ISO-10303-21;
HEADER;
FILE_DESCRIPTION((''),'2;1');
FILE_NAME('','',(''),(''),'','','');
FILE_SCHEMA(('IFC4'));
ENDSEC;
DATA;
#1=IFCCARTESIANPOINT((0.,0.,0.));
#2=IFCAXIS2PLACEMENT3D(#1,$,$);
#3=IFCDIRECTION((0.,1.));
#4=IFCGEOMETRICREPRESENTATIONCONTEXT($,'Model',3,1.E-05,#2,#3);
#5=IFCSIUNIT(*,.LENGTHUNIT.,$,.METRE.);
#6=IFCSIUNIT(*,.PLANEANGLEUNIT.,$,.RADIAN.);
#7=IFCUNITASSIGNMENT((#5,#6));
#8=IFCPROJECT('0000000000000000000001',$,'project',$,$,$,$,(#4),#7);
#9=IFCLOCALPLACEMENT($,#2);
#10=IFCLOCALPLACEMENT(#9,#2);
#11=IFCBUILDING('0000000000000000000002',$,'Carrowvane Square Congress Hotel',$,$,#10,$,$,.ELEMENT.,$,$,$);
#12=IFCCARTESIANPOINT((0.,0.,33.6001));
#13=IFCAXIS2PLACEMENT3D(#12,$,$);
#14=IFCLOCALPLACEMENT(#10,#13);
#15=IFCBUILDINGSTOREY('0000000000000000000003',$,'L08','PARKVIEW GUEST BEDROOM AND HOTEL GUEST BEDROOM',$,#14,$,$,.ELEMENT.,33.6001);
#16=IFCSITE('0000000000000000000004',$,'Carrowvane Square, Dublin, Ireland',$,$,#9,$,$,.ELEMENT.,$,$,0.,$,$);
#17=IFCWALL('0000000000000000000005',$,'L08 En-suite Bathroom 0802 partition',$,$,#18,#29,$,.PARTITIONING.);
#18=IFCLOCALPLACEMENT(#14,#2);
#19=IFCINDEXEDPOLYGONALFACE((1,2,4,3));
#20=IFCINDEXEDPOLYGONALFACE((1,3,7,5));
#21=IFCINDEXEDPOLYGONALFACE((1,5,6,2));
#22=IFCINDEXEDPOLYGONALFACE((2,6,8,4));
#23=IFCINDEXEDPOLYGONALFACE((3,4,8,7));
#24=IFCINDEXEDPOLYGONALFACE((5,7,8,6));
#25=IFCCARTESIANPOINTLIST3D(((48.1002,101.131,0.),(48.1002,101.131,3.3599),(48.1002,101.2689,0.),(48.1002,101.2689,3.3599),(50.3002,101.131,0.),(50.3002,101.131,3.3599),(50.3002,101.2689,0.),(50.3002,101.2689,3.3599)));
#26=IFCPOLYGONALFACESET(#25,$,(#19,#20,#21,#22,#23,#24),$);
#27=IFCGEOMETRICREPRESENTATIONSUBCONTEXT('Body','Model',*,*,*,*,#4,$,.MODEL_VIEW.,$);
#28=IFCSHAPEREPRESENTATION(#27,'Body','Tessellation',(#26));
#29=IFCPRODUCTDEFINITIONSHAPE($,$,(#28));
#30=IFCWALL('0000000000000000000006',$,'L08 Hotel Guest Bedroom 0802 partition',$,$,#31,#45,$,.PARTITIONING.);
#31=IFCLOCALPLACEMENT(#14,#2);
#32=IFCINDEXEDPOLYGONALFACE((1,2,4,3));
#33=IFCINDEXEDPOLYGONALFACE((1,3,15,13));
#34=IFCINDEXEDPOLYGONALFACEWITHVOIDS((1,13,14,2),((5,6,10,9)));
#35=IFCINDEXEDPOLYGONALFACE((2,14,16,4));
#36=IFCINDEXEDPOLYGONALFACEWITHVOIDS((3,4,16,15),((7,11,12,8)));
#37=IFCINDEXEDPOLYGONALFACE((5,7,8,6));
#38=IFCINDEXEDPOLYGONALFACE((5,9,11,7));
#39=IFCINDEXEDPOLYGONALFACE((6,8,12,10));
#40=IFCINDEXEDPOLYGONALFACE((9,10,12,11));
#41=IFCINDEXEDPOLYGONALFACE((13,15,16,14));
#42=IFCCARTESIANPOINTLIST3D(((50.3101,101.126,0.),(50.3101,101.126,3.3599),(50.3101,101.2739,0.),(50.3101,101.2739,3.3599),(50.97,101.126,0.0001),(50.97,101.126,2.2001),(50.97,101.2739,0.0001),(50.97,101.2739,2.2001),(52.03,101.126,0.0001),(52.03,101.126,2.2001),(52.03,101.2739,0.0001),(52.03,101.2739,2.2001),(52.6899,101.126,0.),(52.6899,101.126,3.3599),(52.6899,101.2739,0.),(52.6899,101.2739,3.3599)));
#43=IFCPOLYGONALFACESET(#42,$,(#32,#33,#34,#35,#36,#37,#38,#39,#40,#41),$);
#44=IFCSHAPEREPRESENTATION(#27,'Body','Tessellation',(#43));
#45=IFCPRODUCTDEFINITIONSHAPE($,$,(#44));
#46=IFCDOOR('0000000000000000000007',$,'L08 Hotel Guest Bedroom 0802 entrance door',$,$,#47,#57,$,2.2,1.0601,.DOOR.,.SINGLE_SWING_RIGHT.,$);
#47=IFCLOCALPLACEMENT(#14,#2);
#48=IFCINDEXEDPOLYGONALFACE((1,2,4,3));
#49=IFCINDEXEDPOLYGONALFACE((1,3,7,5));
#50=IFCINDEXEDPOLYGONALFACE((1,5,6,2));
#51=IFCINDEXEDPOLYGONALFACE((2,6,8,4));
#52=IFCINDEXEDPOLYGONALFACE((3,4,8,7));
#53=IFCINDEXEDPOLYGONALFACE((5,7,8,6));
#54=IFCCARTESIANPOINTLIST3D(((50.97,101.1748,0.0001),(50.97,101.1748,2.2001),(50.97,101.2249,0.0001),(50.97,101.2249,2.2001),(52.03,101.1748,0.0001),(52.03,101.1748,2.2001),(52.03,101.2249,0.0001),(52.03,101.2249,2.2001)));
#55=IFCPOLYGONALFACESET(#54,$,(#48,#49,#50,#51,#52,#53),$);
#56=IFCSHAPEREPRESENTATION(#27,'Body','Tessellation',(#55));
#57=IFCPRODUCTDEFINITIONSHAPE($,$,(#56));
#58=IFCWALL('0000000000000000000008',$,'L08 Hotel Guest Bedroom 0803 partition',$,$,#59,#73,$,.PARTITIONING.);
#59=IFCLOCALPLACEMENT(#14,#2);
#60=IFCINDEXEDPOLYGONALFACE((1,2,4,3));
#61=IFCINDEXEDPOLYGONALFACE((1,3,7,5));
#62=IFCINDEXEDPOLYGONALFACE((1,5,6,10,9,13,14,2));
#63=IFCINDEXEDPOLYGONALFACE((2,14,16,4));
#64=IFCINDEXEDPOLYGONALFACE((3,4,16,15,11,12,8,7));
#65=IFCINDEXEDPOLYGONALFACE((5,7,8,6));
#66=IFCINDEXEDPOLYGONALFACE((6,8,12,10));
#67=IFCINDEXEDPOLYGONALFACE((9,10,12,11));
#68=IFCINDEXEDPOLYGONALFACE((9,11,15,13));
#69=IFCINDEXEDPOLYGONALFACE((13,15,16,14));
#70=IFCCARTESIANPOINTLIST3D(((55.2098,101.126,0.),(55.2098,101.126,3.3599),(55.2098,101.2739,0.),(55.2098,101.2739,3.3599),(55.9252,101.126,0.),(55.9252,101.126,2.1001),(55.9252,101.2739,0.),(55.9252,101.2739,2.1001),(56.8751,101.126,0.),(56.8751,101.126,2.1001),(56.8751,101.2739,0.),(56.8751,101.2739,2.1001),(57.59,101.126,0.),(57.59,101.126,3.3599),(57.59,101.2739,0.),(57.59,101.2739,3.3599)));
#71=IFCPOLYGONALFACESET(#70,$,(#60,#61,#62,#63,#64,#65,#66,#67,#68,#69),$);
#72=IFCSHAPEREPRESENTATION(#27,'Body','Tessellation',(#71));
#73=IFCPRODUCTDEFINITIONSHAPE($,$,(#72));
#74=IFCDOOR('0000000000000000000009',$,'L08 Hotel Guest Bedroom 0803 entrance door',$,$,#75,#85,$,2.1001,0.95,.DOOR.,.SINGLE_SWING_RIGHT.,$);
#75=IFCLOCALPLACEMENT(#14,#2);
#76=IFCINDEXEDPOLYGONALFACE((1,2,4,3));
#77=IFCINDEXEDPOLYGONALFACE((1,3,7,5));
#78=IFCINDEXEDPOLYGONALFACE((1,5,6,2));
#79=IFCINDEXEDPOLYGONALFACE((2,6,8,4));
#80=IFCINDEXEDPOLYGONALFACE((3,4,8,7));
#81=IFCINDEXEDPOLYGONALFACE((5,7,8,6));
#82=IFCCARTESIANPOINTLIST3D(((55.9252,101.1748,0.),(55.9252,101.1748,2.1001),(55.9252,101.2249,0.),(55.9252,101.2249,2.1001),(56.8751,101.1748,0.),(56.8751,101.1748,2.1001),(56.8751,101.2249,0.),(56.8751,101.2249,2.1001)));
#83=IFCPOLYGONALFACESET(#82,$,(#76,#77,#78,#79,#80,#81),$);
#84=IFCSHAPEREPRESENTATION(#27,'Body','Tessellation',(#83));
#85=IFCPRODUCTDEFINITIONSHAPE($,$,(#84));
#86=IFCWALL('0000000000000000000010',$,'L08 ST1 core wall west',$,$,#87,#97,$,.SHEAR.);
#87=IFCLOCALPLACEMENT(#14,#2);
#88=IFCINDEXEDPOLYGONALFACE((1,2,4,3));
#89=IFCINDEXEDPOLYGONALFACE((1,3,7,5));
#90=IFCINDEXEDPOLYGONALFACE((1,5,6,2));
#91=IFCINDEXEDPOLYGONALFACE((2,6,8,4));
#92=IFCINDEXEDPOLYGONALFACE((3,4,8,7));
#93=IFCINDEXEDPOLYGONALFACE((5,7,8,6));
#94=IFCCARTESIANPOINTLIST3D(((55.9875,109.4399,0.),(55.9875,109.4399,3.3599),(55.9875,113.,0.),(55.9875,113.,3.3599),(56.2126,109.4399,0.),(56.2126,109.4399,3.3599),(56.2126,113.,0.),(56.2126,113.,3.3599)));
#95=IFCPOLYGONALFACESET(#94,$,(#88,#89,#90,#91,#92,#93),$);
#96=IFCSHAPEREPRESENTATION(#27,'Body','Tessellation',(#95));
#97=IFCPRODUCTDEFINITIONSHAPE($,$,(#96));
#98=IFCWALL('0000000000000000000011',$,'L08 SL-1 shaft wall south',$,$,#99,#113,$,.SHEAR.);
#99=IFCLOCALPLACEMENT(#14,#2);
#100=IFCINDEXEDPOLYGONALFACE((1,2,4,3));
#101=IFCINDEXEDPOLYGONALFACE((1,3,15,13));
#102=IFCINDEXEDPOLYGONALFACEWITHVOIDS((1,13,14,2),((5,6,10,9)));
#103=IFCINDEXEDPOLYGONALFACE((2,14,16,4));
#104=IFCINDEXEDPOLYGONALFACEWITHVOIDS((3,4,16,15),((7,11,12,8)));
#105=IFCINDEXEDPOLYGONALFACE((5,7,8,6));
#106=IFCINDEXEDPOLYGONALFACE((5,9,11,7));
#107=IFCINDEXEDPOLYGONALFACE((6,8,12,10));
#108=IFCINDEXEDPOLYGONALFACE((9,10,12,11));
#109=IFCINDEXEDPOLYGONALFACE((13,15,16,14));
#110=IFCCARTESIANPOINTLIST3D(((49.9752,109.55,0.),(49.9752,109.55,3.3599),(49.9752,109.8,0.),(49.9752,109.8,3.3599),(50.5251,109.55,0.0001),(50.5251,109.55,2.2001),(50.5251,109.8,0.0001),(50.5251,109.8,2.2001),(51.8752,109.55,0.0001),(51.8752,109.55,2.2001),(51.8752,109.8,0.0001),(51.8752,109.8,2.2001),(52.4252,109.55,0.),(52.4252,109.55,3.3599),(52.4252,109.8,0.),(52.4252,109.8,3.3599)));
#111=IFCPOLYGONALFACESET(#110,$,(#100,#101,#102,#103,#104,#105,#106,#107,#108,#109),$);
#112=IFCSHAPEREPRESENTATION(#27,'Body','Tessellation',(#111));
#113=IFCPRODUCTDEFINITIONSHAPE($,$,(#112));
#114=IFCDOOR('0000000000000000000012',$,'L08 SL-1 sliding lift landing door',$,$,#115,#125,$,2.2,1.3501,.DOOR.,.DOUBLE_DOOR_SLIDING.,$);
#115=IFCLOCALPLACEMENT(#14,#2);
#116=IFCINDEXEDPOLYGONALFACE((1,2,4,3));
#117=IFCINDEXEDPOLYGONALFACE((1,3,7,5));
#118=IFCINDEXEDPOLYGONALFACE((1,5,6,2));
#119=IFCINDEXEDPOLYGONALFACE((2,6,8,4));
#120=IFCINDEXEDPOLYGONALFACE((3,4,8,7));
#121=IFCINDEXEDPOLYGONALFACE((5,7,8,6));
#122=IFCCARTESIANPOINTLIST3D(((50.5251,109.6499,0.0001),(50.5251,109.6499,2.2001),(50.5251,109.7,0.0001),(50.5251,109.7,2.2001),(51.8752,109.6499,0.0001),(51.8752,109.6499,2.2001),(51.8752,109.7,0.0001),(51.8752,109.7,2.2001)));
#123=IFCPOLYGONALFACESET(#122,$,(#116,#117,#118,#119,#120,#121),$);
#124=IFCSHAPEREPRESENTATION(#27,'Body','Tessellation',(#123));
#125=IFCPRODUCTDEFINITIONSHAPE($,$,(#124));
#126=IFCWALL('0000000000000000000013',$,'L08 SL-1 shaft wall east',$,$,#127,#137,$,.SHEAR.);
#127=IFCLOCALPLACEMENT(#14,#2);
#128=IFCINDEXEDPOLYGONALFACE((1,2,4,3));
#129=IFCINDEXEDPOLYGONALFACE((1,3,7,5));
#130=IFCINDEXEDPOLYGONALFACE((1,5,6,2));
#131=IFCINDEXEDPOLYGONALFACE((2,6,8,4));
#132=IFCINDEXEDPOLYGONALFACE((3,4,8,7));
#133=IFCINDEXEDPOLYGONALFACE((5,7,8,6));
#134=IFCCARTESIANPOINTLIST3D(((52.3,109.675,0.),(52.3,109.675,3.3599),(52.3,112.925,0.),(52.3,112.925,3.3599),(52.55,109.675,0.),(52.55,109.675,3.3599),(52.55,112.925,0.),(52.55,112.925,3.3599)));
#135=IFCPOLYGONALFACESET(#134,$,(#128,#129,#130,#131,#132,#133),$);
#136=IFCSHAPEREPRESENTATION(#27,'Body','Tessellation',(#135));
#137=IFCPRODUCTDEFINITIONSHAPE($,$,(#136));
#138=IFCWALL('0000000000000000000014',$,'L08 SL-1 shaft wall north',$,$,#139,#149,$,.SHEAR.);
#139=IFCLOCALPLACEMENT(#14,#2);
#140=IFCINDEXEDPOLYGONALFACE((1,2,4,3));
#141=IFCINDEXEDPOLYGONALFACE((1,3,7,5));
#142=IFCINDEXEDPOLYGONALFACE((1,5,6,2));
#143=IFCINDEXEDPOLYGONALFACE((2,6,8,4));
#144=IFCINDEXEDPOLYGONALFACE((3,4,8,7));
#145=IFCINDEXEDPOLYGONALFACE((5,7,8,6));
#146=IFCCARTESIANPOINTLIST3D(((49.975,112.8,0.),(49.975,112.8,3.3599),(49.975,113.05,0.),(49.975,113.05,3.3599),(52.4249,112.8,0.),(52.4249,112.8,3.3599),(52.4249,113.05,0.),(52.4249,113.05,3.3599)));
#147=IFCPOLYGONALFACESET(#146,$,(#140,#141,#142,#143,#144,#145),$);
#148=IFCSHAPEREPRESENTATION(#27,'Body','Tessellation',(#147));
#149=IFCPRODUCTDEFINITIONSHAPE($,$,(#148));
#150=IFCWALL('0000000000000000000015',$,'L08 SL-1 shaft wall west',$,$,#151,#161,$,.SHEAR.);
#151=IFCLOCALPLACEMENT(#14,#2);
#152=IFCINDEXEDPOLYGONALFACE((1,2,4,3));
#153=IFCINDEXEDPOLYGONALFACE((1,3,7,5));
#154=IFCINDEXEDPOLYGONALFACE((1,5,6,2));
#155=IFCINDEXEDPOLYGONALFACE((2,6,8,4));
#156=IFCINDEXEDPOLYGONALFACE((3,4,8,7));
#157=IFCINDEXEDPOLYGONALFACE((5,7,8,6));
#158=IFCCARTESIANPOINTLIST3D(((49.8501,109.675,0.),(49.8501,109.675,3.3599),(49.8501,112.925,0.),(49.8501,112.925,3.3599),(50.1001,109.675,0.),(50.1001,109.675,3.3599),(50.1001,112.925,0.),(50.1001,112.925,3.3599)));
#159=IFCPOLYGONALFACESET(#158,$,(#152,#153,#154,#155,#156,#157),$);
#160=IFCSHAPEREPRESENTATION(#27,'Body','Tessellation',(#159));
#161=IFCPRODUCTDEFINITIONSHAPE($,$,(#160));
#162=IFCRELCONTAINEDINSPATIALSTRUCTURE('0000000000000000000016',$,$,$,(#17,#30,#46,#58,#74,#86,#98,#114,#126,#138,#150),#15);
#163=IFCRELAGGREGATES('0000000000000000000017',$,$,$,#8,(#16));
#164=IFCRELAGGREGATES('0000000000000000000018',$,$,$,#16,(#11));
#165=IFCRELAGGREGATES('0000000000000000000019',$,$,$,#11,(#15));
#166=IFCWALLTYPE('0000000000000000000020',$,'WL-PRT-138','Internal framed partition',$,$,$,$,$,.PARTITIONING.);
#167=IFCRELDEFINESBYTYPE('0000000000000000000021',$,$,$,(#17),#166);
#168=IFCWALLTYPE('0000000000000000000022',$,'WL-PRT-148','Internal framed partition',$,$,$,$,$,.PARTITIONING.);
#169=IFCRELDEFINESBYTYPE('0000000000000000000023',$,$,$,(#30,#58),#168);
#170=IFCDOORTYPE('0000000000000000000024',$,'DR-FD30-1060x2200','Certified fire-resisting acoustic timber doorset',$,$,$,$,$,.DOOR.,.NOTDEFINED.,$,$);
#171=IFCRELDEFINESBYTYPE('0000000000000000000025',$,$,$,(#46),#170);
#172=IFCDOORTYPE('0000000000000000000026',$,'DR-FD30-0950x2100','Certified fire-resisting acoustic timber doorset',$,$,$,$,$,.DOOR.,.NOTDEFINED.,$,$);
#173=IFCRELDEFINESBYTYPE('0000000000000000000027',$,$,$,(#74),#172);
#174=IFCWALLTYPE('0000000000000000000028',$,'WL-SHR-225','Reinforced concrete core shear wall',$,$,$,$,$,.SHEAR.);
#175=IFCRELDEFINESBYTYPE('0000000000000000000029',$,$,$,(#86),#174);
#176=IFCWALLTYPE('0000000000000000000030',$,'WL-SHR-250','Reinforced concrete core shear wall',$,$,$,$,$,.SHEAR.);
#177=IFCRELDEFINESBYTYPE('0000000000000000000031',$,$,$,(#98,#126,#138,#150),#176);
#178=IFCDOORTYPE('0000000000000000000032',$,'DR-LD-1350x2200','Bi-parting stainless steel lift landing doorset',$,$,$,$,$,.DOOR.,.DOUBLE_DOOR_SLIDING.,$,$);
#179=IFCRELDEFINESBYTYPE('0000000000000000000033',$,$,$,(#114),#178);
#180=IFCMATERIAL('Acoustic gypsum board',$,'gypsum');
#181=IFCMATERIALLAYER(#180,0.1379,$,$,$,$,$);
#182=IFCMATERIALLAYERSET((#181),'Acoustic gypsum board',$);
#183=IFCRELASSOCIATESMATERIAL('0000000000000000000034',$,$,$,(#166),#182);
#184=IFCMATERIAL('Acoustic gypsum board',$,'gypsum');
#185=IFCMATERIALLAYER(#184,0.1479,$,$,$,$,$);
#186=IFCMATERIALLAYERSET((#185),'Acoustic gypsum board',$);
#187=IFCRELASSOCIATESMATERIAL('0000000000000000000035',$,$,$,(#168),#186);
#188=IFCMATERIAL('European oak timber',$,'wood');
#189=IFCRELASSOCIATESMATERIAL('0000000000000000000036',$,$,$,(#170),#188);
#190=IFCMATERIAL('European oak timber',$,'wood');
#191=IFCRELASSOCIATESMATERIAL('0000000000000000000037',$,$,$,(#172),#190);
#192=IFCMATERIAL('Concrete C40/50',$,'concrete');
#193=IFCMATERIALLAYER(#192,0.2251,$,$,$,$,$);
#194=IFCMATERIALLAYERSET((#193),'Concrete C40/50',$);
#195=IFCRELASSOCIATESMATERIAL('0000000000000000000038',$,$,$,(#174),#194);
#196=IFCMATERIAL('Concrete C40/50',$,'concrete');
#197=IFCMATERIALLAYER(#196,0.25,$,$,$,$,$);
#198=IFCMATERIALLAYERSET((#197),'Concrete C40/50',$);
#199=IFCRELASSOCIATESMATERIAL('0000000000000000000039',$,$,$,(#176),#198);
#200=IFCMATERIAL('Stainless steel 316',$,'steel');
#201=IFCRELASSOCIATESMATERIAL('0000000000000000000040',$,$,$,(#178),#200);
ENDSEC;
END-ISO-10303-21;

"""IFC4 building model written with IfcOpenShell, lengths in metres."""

from ifc_helpers import new_model, si_unit, direction, frame, frame_2d, origin, place, context, subcontext, project, spatial, rectangle, extrude, material, layer, layer_set, type_object, element, fill, save


model = new_model("IFC4")

# Units and contexts
model_context = context("Model", 3, precision=1e-05, world=origin(), true_north=direction((0.0, 1.0)))
body_context = subcontext(model_context, "Body", "Model", "MODEL_VIEW")
ifc_project = project(units=[si_unit("LENGTHUNIT", "METRE"), si_unit("PLANEANGLEUNIT", "RADIAN")], contexts=[model_context])

# Site, building, storey
site_placement = place(None, origin())
site = spatial("IfcSite", under=ifc_project, at=site_placement, Name="Carrowvane Square, Dublin, Ireland", CompositionType="ELEMENT", RefElevation=0.0)
building_placement = place(site_placement, origin())
building = spatial("IfcBuilding", under=site, at=building_placement, Name="Carrowvane Square Congress Hotel", CompositionType="ELEMENT")
storey_placement = place(building_placement, frame((0.0, 0.0, 33.6001)))
storey = spatial("IfcBuildingStorey", under=building, at=storey_placement, Name="L08", Description="PARKVIEW GUEST BEDROOM AND HOTEL GUEST BEDROOM", CompositionType="ELEMENT", Elevation=33.6001)

# Wall
ifc_material_1 = material(Name="Acoustic gypsum board", Category="gypsum")
ifc_layer_1 = layer(ifc_material_1, 0.1379)
ifc_layer_set_1 = layer_set([ifc_layer_1], Name="Acoustic gypsum board")
wall_type_1 = type_object("IfcWallType", Name="WL-PRT-138", Description="Internal framed partition", PredefinedType="PARTITIONING", material=ifc_layer_set_1)
wall_1_placement = place(storey_placement, frame((48.1001, 101.2, 0.0), z_axis=(0.0, 0.0, 1.0), x_axis=(1.0, 0.0, 0.0)))
element("IfcWall", 1, at=wall_1_placement, inside=storey, type_object=wall_type_1, Name="L08 En-suite Bathroom 0802 partition", PredefinedType="PARTITIONING", context=body_context, shape_type="SweptSolid", body=[
    extrude(rectangle(XDim=2.2, YDim=0.1379, at=frame_2d((1.1001, 0.0))), origin(), (0.0, 0.0, 1.0), 3.3599),
])

# Walls, openings, doors
ifc_material_2 = material(Name="Acoustic gypsum board", Category="gypsum")
ifc_layer_2 = layer(ifc_material_2, 0.1479)
ifc_layer_set_2 = layer_set([ifc_layer_2], Name="Acoustic gypsum board")
wall_type_2 = type_object("IfcWallType", Name="WL-PRT-148", Description="Internal framed partition", PredefinedType="PARTITIONING", material=ifc_layer_set_2)
wall_2_placement = place(storey_placement, frame((50.3101, 101.2, 0.0), z_axis=(0.0, 0.0, 1.0), x_axis=(1.0, 0.0, 0.0)))
wall_2 = element("IfcWall", 2, at=wall_2_placement, inside=storey, type_object=wall_type_2, Name="L08 Hotel Guest Bedroom 0802 partition", PredefinedType="PARTITIONING", context=body_context, shape_type="SweptSolid", body=[
    extrude(rectangle(XDim=2.3799, YDim=0.1479, at=frame_2d((1.1899, 0.0))), origin(), (0.0, 0.0, 1.0), 3.3599),
])
opening_1_placement = place(wall_2_placement, frame((0.6599, 0.0, 0.0)))
opening_1 = element("IfcOpeningElement", 3, at=opening_1_placement, cuts=wall_2, PredefinedType="OPENING", context=body_context, shape_type="SweptSolid", body=[
    extrude(rectangle(XDim=1.0601, YDim=2.2, at=frame_2d((0.53, 1.1001))), frame((0.0, 0.084, 0.0), z_axis=(0.0, -1.0, 0.0), x_axis=(1.0, 0.0, 0.0)), (0.0, 0.0, 1.0), 0.168),
])
ifc_material_3 = material(Name="European oak timber", Category="wood")
door_type_1 = type_object("IfcDoorType", Name="DR-FD30-1060x2200", Description="Certified fire-resisting acoustic timber doorset", OperationType="NOTDEFINED", PredefinedType="DOOR", material=ifc_material_3)
door_1_placement = place(opening_1_placement, origin())
door_1 = element("IfcDoor", 4, at=door_1_placement, inside=storey, type_object=door_type_1, Name="L08 Hotel Guest Bedroom 0802 entrance door", OperationType="SINGLE_SWING_RIGHT", OverallHeight=2.2, OverallWidth=1.0601, PredefinedType="DOOR", context=body_context, shape_type="SweptSolid", body=[
    extrude(rectangle(XDim=1.0601, YDim=2.2, at=frame_2d((0.53, 1.1001))), frame((0.0, 0.0249, 0.0), z_axis=(0.0, -1.0, 0.0), x_axis=(1.0, 0.0, 0.0)), (0.0, 0.0, 1.0), 0.05),
])
fill(opening_1, door_1)
wall_3_placement = place(storey_placement, frame((55.21, 101.2, 0.0), z_axis=(0.0, 0.0, 1.0), x_axis=(1.0, 0.0, 0.0)))
wall_3 = element("IfcWall", 5, at=wall_3_placement, inside=storey, type_object=wall_type_2, Name="L08 Hotel Guest Bedroom 0803 partition", PredefinedType="PARTITIONING", context=body_context, shape_type="SweptSolid", body=[
    extrude(rectangle(XDim=2.3801, YDim=0.1479, at=frame_2d((1.1899, 0.0))), origin(), (0.0, 0.0, 1.0), 3.3599),
])
opening_2_placement = place(wall_3_placement, frame((0.7151, 0.0, 0.0)))
opening_2 = element("IfcOpeningElement", 6, at=opening_2_placement, cuts=wall_3, PredefinedType="OPENING", context=body_context, shape_type="SweptSolid", body=[
    extrude(rectangle(XDim=0.95, YDim=2.1001, at=frame_2d((0.4751, 1.05))), frame((0.0, 0.084, 0.0), z_axis=(0.0, -1.0, 0.0), x_axis=(1.0, 0.0, 0.0)), (0.0, 0.0, 1.0), 0.168),
])
ifc_material_4 = material(Name="European oak timber", Category="wood")
door_type_2 = type_object("IfcDoorType", Name="DR-FD30-0950x2100", Description="Certified fire-resisting acoustic timber doorset", OperationType="NOTDEFINED", PredefinedType="DOOR", material=ifc_material_4)
door_2_placement = place(opening_2_placement, origin())
door_2 = element("IfcDoor", 7, at=door_2_placement, inside=storey, type_object=door_type_2, Name="L08 Hotel Guest Bedroom 0803 entrance door", OperationType="SINGLE_SWING_RIGHT", OverallHeight=2.1001, OverallWidth=0.95, PredefinedType="DOOR", context=body_context, shape_type="SweptSolid", body=[
    extrude(rectangle(XDim=0.95, YDim=2.1001, at=frame_2d((0.4751, 1.05))), frame((0.0, 0.0249, 0.0), z_axis=(0.0, -1.0, 0.0), x_axis=(1.0, 0.0, 0.0)), (0.0, 0.0, 1.0), 0.05),
])
fill(opening_2, door_2)

# Wall
ifc_material_5 = material(Name="Concrete C40/50", Category="concrete")
ifc_layer_3 = layer(ifc_material_5, 0.2251)
ifc_layer_set_3 = layer_set([ifc_layer_3], Name="Concrete C40/50")
wall_type_3 = type_object("IfcWallType", Name="WL-SHR-225", Description="Reinforced concrete core shear wall", PredefinedType="SHEAR", material=ifc_layer_set_3)
wall_4_placement = place(storey_placement, frame((56.1001, 113.0, 0.0), z_axis=(0.0, 0.0, 1.0), x_axis=(0.0, -1.0, 0.0)))
element("IfcWall", 8, at=wall_4_placement, inside=storey, type_object=wall_type_3, Name="L08 ST1 core wall west", PredefinedType="SHEAR", context=body_context, shape_type="SweptSolid", body=[
    extrude(rectangle(XDim=3.5601, YDim=0.2251, at=frame_2d((1.78, 0.0))), origin(), (0.0, 0.0, 1.0), 3.3599),
])

# Wall, opening, door
ifc_material_6 = material(Name="Concrete C40/50", Category="concrete")
ifc_layer_4 = layer(ifc_material_6, 0.25)
ifc_layer_set_4 = layer_set([ifc_layer_4], Name="Concrete C40/50")
wall_type_4 = type_object("IfcWallType", Name="WL-SHR-250", Description="Reinforced concrete core shear wall", PredefinedType="SHEAR", material=ifc_layer_set_4)
wall_5_placement = place(storey_placement, frame((49.9751, 109.675, 0.0), z_axis=(0.0, 0.0, 1.0), x_axis=(1.0, 0.0, 0.0)))
wall_5 = element("IfcWall", 9, at=wall_5_placement, inside=storey, type_object=wall_type_4, Name="L08 SL-1 shaft wall south", PredefinedType="SHEAR", context=body_context, shape_type="SweptSolid", body=[
    extrude(rectangle(XDim=2.45, YDim=0.25, at=frame_2d((1.2251, 0.0))), origin(), (0.0, 0.0, 1.0), 3.3599),
])
opening_3_placement = place(wall_5_placement, frame((0.55, 0.0, 0.0)))
opening_3 = element("IfcOpeningElement", 10, at=opening_3_placement, cuts=wall_5, PredefinedType="OPENING", context=body_context, shape_type="SweptSolid", body=[
    extrude(rectangle(XDim=1.3501, YDim=2.2, at=frame_2d((0.675, 1.1001))), frame((0.0, 0.135, 0.0), z_axis=(0.0, -1.0, 0.0), x_axis=(1.0, 0.0, 0.0)), (0.0, 0.0, 1.0), 0.27),
])
ifc_material_7 = material(Name="Stainless steel 316", Category="steel")
door_type_3 = type_object("IfcDoorType", Name="DR-LD-1350x2200", Description="Bi-parting stainless steel lift landing doorset", OperationType="DOUBLE_DOOR_SLIDING", PredefinedType="DOOR", material=ifc_material_7)
door_3_placement = place(opening_3_placement, origin())
door_3 = element("IfcDoor", 11, at=door_3_placement, inside=storey, type_object=door_type_3, Name="L08 SL-1 sliding lift landing door", OperationType="DOUBLE_DOOR_SLIDING", OverallHeight=2.2, OverallWidth=1.3501, PredefinedType="DOOR", context=body_context, shape_type="SweptSolid", body=[
    extrude(rectangle(XDim=1.3501, YDim=2.2, at=frame_2d((0.675, 1.1001))), frame((0.0, 0.0249, 0.0), z_axis=(0.0, -1.0, 0.0), x_axis=(1.0, 0.0, 0.0)), (0.0, 0.0, 1.0), 0.05),
])
fill(opening_3, door_3)

# Walls
wall_6_placement = place(storey_placement, frame((52.425, 109.675, 0.0), z_axis=(0.0, 0.0, 1.0), x_axis=(0.0, 1.0, 0.0)))
element("IfcWall", 12, at=wall_6_placement, inside=storey, type_object=wall_type_4, Name="L08 SL-1 shaft wall east", PredefinedType="SHEAR", context=body_context, shape_type="SweptSolid", body=[
    extrude(rectangle(XDim=3.25, YDim=0.25, at=frame_2d((1.625, 0.0))), origin(), (0.0, 0.0, 1.0), 3.3599),
])
wall_7_placement = place(storey_placement, frame((52.425, 112.925, 0.0), z_axis=(0.0, 0.0, 1.0), x_axis=(-1.0, 0.0, 0.0)))
element("IfcWall", 13, at=wall_7_placement, inside=storey, type_object=wall_type_4, Name="L08 SL-1 shaft wall north", PredefinedType="SHEAR", context=body_context, shape_type="SweptSolid", body=[
    extrude(rectangle(XDim=2.45, YDim=0.25, at=frame_2d((1.2251, 0.0))), origin(), (0.0, 0.0, 1.0), 3.3599),
])
wall_8_placement = place(storey_placement, frame((49.9751, 112.925, 0.0), z_axis=(0.0, 0.0, 1.0), x_axis=(0.0, -1.0, 0.0)))
element("IfcWall", 14, at=wall_8_placement, inside=storey, type_object=wall_type_4, Name="L08 SL-1 shaft wall west", PredefinedType="SHEAR", context=body_context, shape_type="SweptSolid", body=[
    extrude(rectangle(XDim=3.25, YDim=0.25, at=frame_2d((1.625, 0.0))), origin(), (0.0, 0.0, 1.0), 3.3599),
])

save(model, "model.ifc")
